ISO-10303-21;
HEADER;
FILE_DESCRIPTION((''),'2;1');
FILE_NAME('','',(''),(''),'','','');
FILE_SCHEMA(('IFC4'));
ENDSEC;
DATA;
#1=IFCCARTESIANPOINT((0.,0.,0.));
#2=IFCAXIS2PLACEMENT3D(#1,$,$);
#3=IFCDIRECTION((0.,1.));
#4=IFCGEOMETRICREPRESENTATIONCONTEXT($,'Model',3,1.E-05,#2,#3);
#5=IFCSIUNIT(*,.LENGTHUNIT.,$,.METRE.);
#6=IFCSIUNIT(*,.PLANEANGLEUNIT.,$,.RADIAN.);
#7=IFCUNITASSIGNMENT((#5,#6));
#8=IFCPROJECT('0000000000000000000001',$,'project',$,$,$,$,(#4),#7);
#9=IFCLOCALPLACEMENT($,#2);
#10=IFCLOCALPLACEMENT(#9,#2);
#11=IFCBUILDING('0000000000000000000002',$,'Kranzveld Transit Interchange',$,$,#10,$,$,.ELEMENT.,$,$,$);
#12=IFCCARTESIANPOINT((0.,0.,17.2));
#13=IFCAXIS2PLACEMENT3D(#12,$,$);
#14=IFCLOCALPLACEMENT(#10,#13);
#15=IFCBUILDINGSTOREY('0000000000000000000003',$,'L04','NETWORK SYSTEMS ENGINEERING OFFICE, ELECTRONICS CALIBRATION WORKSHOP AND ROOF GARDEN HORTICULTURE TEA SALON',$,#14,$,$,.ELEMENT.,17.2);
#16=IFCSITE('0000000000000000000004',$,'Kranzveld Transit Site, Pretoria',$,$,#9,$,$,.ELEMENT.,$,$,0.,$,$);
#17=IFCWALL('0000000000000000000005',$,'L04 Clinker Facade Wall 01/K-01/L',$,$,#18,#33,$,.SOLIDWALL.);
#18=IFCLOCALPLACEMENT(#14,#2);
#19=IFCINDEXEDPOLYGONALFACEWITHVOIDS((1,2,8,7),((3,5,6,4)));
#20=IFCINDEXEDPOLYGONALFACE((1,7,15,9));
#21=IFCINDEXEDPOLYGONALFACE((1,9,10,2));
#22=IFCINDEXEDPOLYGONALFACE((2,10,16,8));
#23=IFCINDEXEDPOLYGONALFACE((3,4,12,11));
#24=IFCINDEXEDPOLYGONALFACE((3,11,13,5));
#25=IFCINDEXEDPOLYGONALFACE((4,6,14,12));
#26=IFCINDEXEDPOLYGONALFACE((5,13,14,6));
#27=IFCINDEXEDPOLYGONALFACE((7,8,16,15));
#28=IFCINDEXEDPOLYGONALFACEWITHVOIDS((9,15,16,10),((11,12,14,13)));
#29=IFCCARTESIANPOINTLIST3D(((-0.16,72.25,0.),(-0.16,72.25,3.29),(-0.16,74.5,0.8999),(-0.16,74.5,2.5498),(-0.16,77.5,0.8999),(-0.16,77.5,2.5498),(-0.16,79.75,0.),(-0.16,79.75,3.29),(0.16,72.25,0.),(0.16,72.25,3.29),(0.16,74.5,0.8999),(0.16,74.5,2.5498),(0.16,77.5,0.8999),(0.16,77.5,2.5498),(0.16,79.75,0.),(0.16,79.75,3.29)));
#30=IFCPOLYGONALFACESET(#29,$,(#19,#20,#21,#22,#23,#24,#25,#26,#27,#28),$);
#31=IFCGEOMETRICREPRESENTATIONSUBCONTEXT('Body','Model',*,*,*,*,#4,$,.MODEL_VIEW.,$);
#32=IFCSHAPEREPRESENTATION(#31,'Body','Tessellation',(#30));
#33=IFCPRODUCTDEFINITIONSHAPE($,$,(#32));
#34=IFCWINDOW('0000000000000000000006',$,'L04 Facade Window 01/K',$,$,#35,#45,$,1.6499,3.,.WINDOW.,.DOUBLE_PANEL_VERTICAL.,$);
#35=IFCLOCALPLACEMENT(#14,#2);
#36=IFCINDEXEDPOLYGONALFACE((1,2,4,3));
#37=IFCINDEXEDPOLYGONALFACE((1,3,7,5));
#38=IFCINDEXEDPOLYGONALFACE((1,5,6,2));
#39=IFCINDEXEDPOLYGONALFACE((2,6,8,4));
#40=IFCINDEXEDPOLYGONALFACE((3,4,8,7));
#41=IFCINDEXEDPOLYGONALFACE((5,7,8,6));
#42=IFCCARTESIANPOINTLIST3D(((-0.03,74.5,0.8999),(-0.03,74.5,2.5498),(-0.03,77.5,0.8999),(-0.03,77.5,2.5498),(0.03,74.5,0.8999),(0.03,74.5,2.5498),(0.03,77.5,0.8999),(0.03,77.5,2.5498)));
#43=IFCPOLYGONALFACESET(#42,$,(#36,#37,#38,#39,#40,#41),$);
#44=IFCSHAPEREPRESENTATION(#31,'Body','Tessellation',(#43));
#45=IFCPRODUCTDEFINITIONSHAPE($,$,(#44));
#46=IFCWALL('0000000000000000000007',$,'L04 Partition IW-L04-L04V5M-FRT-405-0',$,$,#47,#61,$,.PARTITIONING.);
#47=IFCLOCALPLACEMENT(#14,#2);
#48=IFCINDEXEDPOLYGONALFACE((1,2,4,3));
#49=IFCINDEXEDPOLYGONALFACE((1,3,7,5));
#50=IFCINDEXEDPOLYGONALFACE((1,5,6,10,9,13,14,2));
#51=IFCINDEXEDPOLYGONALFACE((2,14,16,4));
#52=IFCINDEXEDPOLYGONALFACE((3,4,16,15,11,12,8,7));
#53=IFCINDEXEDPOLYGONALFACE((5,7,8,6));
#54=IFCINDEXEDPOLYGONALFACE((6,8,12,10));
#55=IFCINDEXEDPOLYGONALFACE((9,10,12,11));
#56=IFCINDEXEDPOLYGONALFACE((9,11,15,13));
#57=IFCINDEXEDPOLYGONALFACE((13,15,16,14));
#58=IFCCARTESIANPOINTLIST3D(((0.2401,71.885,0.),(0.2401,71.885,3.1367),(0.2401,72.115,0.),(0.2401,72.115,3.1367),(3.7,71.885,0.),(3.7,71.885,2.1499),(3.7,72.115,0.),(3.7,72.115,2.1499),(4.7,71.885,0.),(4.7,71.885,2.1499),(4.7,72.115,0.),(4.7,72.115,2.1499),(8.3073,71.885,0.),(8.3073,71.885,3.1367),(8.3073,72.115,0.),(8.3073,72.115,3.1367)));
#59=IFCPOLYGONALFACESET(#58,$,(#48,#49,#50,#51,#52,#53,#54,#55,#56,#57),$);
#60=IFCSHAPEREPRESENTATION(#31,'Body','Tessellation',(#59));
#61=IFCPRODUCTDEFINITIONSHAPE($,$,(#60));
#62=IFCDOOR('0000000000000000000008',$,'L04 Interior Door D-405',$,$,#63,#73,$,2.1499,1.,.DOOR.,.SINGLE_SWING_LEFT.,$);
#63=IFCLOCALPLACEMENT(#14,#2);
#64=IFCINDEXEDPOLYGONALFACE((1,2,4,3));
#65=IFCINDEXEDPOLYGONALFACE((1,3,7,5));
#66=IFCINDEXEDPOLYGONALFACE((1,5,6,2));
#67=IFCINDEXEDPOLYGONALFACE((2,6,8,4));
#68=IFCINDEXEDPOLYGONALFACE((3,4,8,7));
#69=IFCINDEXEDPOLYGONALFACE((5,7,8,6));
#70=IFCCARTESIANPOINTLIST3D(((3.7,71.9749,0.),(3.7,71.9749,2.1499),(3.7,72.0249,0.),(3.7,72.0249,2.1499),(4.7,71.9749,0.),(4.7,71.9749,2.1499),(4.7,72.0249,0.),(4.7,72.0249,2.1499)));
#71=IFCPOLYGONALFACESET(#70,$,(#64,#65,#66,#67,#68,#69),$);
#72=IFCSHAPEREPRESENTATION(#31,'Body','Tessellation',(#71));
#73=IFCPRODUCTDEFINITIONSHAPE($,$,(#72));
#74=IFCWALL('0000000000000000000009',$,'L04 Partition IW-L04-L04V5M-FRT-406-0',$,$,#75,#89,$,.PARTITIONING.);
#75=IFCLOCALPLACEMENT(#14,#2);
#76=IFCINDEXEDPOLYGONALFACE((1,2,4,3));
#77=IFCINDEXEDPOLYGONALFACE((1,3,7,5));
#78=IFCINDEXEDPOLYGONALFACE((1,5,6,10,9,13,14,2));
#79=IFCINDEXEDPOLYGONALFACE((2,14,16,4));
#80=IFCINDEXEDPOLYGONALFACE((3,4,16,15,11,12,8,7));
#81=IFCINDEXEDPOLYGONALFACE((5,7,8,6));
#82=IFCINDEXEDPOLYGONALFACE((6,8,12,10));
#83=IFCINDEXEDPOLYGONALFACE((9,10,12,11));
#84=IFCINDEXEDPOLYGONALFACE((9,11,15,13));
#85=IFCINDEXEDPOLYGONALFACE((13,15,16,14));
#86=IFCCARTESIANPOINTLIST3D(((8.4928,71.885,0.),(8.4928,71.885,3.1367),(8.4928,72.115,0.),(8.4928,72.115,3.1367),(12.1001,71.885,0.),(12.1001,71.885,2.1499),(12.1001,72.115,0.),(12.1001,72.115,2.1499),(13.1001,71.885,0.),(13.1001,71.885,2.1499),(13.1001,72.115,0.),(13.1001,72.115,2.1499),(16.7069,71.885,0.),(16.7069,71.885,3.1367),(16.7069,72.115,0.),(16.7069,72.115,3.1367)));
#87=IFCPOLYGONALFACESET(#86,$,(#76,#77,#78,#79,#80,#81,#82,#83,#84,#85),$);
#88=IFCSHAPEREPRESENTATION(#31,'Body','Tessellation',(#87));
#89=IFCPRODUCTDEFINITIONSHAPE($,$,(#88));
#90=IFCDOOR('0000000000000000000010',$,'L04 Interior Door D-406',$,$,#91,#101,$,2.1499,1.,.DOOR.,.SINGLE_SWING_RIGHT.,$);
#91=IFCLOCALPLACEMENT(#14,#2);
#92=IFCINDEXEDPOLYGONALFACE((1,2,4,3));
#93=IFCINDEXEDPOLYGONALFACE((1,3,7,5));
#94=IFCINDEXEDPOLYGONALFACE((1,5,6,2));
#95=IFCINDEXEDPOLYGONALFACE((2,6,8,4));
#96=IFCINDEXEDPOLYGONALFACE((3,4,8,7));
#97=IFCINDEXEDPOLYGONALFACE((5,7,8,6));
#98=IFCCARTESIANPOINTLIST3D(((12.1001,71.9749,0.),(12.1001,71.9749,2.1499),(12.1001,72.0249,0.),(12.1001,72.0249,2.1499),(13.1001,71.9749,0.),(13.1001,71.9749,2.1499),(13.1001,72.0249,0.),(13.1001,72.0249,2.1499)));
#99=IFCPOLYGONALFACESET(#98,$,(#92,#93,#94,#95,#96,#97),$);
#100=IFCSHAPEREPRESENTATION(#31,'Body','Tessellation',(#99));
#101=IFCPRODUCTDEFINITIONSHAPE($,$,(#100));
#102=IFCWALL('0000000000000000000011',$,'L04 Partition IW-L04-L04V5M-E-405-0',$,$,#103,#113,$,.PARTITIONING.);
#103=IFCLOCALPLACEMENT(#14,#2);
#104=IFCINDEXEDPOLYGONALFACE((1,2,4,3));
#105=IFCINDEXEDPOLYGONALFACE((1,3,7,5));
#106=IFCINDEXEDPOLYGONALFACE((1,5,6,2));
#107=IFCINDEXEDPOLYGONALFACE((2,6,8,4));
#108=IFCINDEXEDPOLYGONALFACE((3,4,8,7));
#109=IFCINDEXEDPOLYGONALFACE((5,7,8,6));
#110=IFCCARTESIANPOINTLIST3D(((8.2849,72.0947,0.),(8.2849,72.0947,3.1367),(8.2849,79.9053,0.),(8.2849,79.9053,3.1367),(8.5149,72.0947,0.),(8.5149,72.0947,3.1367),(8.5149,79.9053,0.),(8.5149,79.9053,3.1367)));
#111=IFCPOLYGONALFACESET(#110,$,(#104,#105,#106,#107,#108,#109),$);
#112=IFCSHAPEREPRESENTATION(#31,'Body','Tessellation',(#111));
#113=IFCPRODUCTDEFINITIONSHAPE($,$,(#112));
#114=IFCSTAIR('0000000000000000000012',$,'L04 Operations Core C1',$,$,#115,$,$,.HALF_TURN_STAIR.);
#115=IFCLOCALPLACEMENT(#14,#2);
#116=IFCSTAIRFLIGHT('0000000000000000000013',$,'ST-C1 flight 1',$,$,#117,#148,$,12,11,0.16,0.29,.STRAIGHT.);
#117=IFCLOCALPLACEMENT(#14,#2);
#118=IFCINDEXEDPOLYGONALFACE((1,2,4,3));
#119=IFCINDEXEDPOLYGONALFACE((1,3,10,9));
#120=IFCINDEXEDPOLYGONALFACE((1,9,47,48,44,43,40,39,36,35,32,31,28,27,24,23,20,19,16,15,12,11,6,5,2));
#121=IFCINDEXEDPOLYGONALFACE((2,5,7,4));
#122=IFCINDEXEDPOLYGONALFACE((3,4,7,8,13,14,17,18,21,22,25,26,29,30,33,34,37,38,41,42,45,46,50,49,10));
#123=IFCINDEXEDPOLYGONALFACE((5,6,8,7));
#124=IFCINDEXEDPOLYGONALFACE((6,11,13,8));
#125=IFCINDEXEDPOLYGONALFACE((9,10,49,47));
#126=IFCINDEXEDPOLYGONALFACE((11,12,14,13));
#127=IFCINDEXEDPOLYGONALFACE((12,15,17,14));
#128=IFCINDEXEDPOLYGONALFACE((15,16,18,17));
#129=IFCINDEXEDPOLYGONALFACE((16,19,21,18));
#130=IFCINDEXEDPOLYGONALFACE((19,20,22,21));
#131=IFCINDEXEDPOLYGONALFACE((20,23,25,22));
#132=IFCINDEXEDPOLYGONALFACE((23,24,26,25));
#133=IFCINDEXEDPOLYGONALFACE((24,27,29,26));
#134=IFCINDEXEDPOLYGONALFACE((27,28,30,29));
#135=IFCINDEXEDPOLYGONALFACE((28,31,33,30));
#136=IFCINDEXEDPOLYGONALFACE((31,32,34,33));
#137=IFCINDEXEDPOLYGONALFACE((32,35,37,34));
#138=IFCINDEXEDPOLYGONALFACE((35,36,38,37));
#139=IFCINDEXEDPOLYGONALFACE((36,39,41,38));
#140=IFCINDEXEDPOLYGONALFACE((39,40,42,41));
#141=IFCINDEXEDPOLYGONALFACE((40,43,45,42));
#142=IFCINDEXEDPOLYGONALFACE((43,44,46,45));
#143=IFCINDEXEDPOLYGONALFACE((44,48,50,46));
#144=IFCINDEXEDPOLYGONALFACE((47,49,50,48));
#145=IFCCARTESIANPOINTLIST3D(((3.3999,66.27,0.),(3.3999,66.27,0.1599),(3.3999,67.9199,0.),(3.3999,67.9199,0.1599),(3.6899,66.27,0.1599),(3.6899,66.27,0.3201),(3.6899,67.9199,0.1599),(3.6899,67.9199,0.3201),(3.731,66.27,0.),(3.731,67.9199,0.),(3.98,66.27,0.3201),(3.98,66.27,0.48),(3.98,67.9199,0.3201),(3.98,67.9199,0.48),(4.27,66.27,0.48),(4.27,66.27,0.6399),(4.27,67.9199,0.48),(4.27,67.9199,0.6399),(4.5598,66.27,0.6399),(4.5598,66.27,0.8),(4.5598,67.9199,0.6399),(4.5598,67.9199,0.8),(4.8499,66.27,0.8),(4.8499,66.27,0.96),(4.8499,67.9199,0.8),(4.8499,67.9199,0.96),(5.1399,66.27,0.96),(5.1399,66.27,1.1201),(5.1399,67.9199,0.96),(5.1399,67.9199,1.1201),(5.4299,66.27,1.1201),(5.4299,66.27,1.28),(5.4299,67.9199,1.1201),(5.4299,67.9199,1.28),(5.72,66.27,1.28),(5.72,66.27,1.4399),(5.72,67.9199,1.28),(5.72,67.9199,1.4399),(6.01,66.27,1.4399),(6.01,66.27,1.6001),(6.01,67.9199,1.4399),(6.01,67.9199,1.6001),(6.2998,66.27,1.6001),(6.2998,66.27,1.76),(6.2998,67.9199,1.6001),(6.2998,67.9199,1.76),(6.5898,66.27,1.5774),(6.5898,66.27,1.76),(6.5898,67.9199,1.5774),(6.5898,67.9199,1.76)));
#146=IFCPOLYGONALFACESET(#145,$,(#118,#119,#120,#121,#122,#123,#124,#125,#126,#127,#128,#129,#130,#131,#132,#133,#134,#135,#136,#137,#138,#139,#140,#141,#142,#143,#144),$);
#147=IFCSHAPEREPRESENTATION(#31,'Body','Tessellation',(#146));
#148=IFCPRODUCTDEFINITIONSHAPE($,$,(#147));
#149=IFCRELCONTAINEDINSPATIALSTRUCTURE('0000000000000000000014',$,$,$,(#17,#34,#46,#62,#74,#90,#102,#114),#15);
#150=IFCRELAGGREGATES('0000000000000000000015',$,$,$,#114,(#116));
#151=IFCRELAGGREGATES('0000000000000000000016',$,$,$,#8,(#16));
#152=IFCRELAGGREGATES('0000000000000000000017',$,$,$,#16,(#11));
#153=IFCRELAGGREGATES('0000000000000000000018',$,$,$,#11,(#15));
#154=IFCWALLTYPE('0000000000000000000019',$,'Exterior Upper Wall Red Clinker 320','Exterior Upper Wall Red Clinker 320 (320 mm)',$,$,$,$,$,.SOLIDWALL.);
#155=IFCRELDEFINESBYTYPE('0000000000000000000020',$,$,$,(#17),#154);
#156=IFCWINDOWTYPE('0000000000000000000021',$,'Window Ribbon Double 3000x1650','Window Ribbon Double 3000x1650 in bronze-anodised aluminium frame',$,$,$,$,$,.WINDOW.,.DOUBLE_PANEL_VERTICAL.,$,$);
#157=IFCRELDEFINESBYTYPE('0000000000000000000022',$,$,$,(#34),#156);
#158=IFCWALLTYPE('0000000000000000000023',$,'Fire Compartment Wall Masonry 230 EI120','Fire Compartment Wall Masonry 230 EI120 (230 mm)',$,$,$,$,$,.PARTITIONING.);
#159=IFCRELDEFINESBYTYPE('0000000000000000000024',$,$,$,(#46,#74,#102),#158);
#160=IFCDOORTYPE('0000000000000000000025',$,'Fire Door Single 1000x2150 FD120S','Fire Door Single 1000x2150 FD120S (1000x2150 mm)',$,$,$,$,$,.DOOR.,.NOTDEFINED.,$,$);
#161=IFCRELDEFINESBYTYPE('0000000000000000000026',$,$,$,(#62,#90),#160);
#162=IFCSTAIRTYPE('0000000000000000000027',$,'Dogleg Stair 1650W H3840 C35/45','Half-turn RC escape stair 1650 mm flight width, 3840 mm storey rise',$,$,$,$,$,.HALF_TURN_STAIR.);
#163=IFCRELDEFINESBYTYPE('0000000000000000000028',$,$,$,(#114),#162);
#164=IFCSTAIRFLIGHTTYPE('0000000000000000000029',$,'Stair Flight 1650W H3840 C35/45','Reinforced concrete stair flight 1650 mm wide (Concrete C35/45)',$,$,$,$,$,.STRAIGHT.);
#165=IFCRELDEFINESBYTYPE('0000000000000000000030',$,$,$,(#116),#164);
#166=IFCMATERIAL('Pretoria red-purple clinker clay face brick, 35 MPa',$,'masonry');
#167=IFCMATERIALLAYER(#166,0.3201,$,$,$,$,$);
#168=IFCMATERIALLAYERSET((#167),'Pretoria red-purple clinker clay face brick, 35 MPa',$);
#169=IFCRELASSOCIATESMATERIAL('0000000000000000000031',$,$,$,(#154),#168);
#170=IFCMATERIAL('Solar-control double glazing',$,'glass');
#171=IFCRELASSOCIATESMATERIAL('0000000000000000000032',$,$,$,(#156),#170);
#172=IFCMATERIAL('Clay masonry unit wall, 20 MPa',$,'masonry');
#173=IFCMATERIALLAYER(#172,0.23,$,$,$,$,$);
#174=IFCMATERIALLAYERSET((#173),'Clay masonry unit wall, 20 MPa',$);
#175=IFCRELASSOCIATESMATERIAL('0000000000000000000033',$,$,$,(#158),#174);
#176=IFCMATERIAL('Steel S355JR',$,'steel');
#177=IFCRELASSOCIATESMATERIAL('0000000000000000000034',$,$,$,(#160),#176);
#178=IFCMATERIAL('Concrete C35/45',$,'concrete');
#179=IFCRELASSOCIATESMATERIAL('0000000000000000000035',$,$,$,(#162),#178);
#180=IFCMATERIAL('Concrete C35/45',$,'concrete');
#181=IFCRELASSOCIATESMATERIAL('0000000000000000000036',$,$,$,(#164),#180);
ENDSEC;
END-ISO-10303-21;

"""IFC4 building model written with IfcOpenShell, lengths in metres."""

from ifc_helpers import new_model, si_unit, direction, frame, frame_2d, origin, place, context, subcontext, project, spatial, polyline, rectangle, outline, extrude, material, layer, layer_set, type_object, element, fill, aggregate, save


model = new_model("IFC4")

# Units and contexts
model_context = context("Model", 3, precision=1e-05, world=origin(), true_north=direction((0.0, 1.0)))
body_context = subcontext(model_context, "Body", "Model", "MODEL_VIEW")
ifc_project = project(units=[si_unit("LENGTHUNIT", "METRE"), si_unit("PLANEANGLEUNIT", "RADIAN")], contexts=[model_context])

# Site, building, storey
site_placement = place(None, origin())
site = spatial("IfcSite", under=ifc_project, at=site_placement, Name="Kranzveld Transit Site, Pretoria", CompositionType="ELEMENT", RefElevation=0.0)
building_placement = place(site_placement, origin())
building = spatial("IfcBuilding", under=site, at=building_placement, Name="Kranzveld Transit Interchange", CompositionType="ELEMENT")
storey_placement = place(building_placement, frame((0.0, 0.0, 17.2)))
storey = spatial("IfcBuildingStorey", under=building, at=storey_placement, Name="L04", Description="NETWORK SYSTEMS ENGINEERING OFFICE, ELECTRONICS CALIBRATION WORKSHOP AND ROOF GARDEN HORTICULTURE TEA SALON", CompositionType="ELEMENT", Elevation=17.2)

# Wall, opening, window
ifc_material_1 = material(Name="Pretoria red-purple clinker clay face brick, 35 MPa", Category="masonry")
ifc_layer_1 = layer(ifc_material_1, 0.3201)
ifc_layer_set_1 = layer_set([ifc_layer_1], Name="Pretoria red-purple clinker clay face brick, 35 MPa")
wall_type_1 = type_object("IfcWallType", Name="Exterior Upper Wall Red Clinker 320", Description="Exterior Upper Wall Red Clinker 320 (320 mm)", PredefinedType="SOLIDWALL", material=ifc_layer_set_1)
wall_1_placement = place(storey_placement, frame((0.0, 72.25, 0.0), z_axis=(0.0, 0.0, 1.0), x_axis=(0.0, 1.0, 0.0)))
wall_1 = element("IfcWall", 1, at=wall_1_placement, inside=storey, type_object=wall_type_1, Name="L04 Clinker Facade Wall 01/K-01/L", PredefinedType="SOLIDWALL", context=body_context, shape_type="SweptSolid", body=[
    extrude(rectangle(XDim=7.5, YDim=0.3201, at=frame_2d((3.75, 0.0))), origin(), (0.0, 0.0, 1.0), 3.29),
])
opening_1_placement = place(wall_1_placement, frame((2.25, 0.0, 0.8999), z_axis=(0.0, 0.0, 1.0), x_axis=(1.0, 0.0, 0.0)))
opening_1 = element("IfcOpeningElement", 2, at=opening_1_placement, cuts=wall_1, PredefinedType="OPENING", context=body_context, shape_type="SweptSolid", body=[
    extrude(rectangle(XDim=3.0, YDim=1.6499, at=frame_2d((1.5, 0.825))), frame((0.0, 0.1699, 0.0), z_axis=(0.0, -1.0, 0.0), x_axis=(1.0, 0.0, 0.0)), (0.0, 0.0, 1.0), 0.3401),
])
ifc_material_2 = material(Name="Solar-control double glazing", Category="glass")
window_type = type_object("IfcWindowType", Name="Window Ribbon Double 3000x1650", Description="Window Ribbon Double 3000x1650 in bronze-anodised aluminium frame", PartitioningType="DOUBLE_PANEL_VERTICAL", PredefinedType="WINDOW", material=ifc_material_2)
window_placement = place(opening_1_placement, origin())
window = element("IfcWindow", 3, at=window_placement, inside=storey, type_object=window_type, Name="L04 Facade Window 01/K", OverallHeight=1.6499, OverallWidth=3.0, PartitioningType="DOUBLE_PANEL_VERTICAL", PredefinedType="WINDOW", context=body_context, shape_type="SweptSolid", body=[
    extrude(rectangle(XDim=3.0, YDim=1.6499, at=frame_2d((1.5, 0.825))), frame((0.0, 0.03, 0.0), z_axis=(0.0, -1.0, 0.0), x_axis=(1.0, 0.0, 0.0)), (0.0, 0.0, 1.0), 0.0601),
])
fill(opening_1, window)

# Walls, openings, doors
ifc_material_3 = material(Name="Clay masonry unit wall, 20 MPa", Category="masonry")
ifc_layer_2 = layer(ifc_material_3, 0.23)
ifc_layer_set_2 = layer_set([ifc_layer_2], Name="Clay masonry unit wall, 20 MPa")
wall_type_2 = type_object("IfcWallType", Name="Fire Compartment Wall Masonry 230 EI120", Description="Fire Compartment Wall Masonry 230 EI120 (230 mm)", PredefinedType="PARTITIONING", material=ifc_layer_set_2)
wall_2_placement = place(storey_placement, frame((0.24, 72.0, 0.0), z_axis=(0.0, 0.0, 1.0), x_axis=(1.0, 0.0, 0.0)))
wall_2 = element("IfcWall", 4, at=wall_2_placement, inside=storey, type_object=wall_type_2, Name="L04 Partition IW-L04-L04V5M-FRT-405-0", PredefinedType="PARTITIONING", context=body_context, shape_type="SweptSolid", body=[
    extrude(rectangle(XDim=8.0671, YDim=0.23, at=frame_2d((4.0337, 0.0))), origin(), (0.0, 0.0, 1.0), 3.1367),
])
opening_2_placement = place(wall_2_placement, frame((3.46, 0.0, 0.0), z_axis=(0.0, 0.0, 1.0), x_axis=(1.0, 0.0, 0.0)))
opening_2 = element("IfcOpeningElement", 5, at=opening_2_placement, cuts=wall_2, PredefinedType="OPENING", context=body_context, shape_type="SweptSolid", body=[
    extrude(rectangle(XDim=1.0, YDim=2.1499, at=frame_2d((0.5, 1.075))), frame((0.0, 0.125, 0.0), z_axis=(0.0, -1.0, 0.0), x_axis=(1.0, 0.0, 0.0)), (0.0, 0.0, 1.0), 0.25),
])
ifc_material_4 = material(Name="Steel S355JR", Category="steel")
door_type_1 = type_object("IfcDoorType", Name="Fire Door Single 1000x2150 FD120S", Description="Fire Door Single 1000x2150 FD120S (1000x2150 mm)", OperationType="NOTDEFINED", PredefinedType="DOOR", material=ifc_material_4)
door_1_placement = place(opening_2_placement, origin())
door_1 = element("IfcDoor", 6, at=door_1_placement, inside=storey, type_object=door_type_1, Name="L04 Interior Door D-405", OperationType="SINGLE_SWING_LEFT", OverallHeight=2.1499, OverallWidth=1.0, PredefinedType="DOOR", context=body_context, shape_type="SweptSolid", body=[
    extrude(rectangle(XDim=1.0, YDim=2.1499, at=frame_2d((0.5, 1.075))), frame((0.0, 0.0249, 0.0), z_axis=(0.0, -1.0, 0.0), x_axis=(1.0, 0.0, 0.0)), (0.0, 0.0, 1.0), 0.05),
])
fill(opening_2, door_1)
wall_3_placement = place(storey_placement, frame((8.4929, 72.0, 0.0), z_axis=(0.0, 0.0, 1.0), x_axis=(1.0, 0.0, 0.0)))
wall_3 = element("IfcWall", 7, at=wall_3_placement, inside=storey, type_object=wall_type_2, Name="L04 Partition IW-L04-L04V5M-FRT-406-0", PredefinedType="PARTITIONING", context=body_context, shape_type="SweptSolid", body=[
    extrude(rectangle(XDim=8.2141, YDim=0.23, at=frame_2d((4.1069, 0.0))), origin(), (0.0, 0.0, 1.0), 3.1367),
])
opening_3_placement = place(wall_3_placement, frame((3.6072, 0.0, 0.0), z_axis=(0.0, 0.0, 1.0), x_axis=(1.0, 0.0, 0.0)))
opening_3 = element("IfcOpeningElement", 8, at=opening_3_placement, cuts=wall_3, PredefinedType="OPENING", context=body_context, shape_type="SweptSolid", body=[
    extrude(rectangle(XDim=1.0, YDim=2.1499, at=frame_2d((0.5, 1.075))), frame((0.0, 0.125, 0.0), z_axis=(0.0, -1.0, 0.0), x_axis=(1.0, 0.0, 0.0)), (0.0, 0.0, 1.0), 0.25),
])
door_2_placement = place(opening_3_placement, origin())
door_2 = element("IfcDoor", 9, at=door_2_placement, inside=storey, type_object=door_type_1, Name="L04 Interior Door D-406", OperationType="SINGLE_SWING_RIGHT", OverallHeight=2.1499, OverallWidth=1.0, PredefinedType="DOOR", context=body_context, shape_type="SweptSolid", body=[
    extrude(rectangle(XDim=1.0, YDim=2.1499, at=frame_2d((0.5, 1.075))), frame((0.0, 0.0249, 0.0), z_axis=(0.0, -1.0, 0.0), x_axis=(1.0, 0.0, 0.0)), (0.0, 0.0, 1.0), 0.05),
])
fill(opening_3, door_2)

# Wall
wall_4_placement = place(storey_placement, frame((8.3999, 72.0947, 0.0), z_axis=(0.0, 0.0, 1.0), x_axis=(0.0, 1.0, 0.0)))
element("IfcWall", 10, at=wall_4_placement, inside=storey, type_object=wall_type_2, Name="L04 Partition IW-L04-L04V5M-E-405-0", PredefinedType="PARTITIONING", context=body_context, shape_type="SweptSolid", body=[
    extrude(rectangle(XDim=7.8105, YDim=0.23, at=frame_2d((3.9053, 0.0))), origin(), (0.0, 0.0, 1.0), 3.1367),
])

# Stair, stair flight
ifc_material_5 = material(Name="Concrete C35/45", Category="concrete")
stair_type = type_object("IfcStairType", Name="Dogleg Stair 1650W H3840 C35/45", Description="Half-turn RC escape stair 1650 mm flight width, 3840 mm storey rise", PredefinedType="HALF_TURN_STAIR", material=ifc_material_5)
stair_placement = place(storey_placement, origin())
stair = element("IfcStair", 11, at=stair_placement, inside=storey, type_object=stair_type, Name="L04 Operations Core C1", PredefinedType="HALF_TURN_STAIR")
ifc_material_6 = material(Name="Concrete C35/45", Category="concrete")
stair_flight_type = type_object("IfcStairFlightType", Name="Stair Flight 1650W H3840 C35/45", Description="Reinforced concrete stair flight 1650 mm wide (Concrete C35/45)", PredefinedType="STRAIGHT", material=ifc_material_6)
stair_flight_1_placement = place(storey_placement, frame((3.3999, 67.095, 0.0), z_axis=(0.0, 0.0, 1.0), x_axis=(1.0, 0.0, 0.0)))
stair_flight_1 = element("IfcStairFlight", 12, at=stair_flight_1_placement, type_object=stair_flight_type, Name="ST-C1 flight 1", NumberOfRisers=12, NumberOfTreads=11, PredefinedType="STRAIGHT", RiserHeight=0.16, TreadLength=0.29, context=body_context, shape_type="SweptSolid", body=[
    extrude(outline(polyline([(0.0, 0.0), (0.0, 0.1599), (0.29, 0.1599), (0.29, 0.3201), (0.5801, 0.3201), (0.5801, 0.48), (0.8701, 0.48), (0.8701, 0.6399), (1.1599, 0.6399), (1.1599, 0.8), (1.45, 0.8), (1.45, 0.96), (1.74, 0.96), (1.74, 1.1201), (2.03, 1.1201), (2.03, 1.28), (2.3201, 1.28), (2.3201, 1.4399), (2.6101, 1.4399), (2.6101, 1.6001), (2.8999, 1.6001), (2.8999, 1.76), (3.1899, 1.76), (3.1899, 1.9199), (3.1899, 1.5774), (0.3311, 0.0), (0.0, 0.0)])), frame((0.0, 0.825, 0.0), z_axis=(0.0, -1.0, 0.0), x_axis=(1.0, 0.0, 0.0)), (0.0, 0.0, 1.0), 1.6499),
])
aggregate(stair, [stair_flight_1])

save(model, "model.ifc")
